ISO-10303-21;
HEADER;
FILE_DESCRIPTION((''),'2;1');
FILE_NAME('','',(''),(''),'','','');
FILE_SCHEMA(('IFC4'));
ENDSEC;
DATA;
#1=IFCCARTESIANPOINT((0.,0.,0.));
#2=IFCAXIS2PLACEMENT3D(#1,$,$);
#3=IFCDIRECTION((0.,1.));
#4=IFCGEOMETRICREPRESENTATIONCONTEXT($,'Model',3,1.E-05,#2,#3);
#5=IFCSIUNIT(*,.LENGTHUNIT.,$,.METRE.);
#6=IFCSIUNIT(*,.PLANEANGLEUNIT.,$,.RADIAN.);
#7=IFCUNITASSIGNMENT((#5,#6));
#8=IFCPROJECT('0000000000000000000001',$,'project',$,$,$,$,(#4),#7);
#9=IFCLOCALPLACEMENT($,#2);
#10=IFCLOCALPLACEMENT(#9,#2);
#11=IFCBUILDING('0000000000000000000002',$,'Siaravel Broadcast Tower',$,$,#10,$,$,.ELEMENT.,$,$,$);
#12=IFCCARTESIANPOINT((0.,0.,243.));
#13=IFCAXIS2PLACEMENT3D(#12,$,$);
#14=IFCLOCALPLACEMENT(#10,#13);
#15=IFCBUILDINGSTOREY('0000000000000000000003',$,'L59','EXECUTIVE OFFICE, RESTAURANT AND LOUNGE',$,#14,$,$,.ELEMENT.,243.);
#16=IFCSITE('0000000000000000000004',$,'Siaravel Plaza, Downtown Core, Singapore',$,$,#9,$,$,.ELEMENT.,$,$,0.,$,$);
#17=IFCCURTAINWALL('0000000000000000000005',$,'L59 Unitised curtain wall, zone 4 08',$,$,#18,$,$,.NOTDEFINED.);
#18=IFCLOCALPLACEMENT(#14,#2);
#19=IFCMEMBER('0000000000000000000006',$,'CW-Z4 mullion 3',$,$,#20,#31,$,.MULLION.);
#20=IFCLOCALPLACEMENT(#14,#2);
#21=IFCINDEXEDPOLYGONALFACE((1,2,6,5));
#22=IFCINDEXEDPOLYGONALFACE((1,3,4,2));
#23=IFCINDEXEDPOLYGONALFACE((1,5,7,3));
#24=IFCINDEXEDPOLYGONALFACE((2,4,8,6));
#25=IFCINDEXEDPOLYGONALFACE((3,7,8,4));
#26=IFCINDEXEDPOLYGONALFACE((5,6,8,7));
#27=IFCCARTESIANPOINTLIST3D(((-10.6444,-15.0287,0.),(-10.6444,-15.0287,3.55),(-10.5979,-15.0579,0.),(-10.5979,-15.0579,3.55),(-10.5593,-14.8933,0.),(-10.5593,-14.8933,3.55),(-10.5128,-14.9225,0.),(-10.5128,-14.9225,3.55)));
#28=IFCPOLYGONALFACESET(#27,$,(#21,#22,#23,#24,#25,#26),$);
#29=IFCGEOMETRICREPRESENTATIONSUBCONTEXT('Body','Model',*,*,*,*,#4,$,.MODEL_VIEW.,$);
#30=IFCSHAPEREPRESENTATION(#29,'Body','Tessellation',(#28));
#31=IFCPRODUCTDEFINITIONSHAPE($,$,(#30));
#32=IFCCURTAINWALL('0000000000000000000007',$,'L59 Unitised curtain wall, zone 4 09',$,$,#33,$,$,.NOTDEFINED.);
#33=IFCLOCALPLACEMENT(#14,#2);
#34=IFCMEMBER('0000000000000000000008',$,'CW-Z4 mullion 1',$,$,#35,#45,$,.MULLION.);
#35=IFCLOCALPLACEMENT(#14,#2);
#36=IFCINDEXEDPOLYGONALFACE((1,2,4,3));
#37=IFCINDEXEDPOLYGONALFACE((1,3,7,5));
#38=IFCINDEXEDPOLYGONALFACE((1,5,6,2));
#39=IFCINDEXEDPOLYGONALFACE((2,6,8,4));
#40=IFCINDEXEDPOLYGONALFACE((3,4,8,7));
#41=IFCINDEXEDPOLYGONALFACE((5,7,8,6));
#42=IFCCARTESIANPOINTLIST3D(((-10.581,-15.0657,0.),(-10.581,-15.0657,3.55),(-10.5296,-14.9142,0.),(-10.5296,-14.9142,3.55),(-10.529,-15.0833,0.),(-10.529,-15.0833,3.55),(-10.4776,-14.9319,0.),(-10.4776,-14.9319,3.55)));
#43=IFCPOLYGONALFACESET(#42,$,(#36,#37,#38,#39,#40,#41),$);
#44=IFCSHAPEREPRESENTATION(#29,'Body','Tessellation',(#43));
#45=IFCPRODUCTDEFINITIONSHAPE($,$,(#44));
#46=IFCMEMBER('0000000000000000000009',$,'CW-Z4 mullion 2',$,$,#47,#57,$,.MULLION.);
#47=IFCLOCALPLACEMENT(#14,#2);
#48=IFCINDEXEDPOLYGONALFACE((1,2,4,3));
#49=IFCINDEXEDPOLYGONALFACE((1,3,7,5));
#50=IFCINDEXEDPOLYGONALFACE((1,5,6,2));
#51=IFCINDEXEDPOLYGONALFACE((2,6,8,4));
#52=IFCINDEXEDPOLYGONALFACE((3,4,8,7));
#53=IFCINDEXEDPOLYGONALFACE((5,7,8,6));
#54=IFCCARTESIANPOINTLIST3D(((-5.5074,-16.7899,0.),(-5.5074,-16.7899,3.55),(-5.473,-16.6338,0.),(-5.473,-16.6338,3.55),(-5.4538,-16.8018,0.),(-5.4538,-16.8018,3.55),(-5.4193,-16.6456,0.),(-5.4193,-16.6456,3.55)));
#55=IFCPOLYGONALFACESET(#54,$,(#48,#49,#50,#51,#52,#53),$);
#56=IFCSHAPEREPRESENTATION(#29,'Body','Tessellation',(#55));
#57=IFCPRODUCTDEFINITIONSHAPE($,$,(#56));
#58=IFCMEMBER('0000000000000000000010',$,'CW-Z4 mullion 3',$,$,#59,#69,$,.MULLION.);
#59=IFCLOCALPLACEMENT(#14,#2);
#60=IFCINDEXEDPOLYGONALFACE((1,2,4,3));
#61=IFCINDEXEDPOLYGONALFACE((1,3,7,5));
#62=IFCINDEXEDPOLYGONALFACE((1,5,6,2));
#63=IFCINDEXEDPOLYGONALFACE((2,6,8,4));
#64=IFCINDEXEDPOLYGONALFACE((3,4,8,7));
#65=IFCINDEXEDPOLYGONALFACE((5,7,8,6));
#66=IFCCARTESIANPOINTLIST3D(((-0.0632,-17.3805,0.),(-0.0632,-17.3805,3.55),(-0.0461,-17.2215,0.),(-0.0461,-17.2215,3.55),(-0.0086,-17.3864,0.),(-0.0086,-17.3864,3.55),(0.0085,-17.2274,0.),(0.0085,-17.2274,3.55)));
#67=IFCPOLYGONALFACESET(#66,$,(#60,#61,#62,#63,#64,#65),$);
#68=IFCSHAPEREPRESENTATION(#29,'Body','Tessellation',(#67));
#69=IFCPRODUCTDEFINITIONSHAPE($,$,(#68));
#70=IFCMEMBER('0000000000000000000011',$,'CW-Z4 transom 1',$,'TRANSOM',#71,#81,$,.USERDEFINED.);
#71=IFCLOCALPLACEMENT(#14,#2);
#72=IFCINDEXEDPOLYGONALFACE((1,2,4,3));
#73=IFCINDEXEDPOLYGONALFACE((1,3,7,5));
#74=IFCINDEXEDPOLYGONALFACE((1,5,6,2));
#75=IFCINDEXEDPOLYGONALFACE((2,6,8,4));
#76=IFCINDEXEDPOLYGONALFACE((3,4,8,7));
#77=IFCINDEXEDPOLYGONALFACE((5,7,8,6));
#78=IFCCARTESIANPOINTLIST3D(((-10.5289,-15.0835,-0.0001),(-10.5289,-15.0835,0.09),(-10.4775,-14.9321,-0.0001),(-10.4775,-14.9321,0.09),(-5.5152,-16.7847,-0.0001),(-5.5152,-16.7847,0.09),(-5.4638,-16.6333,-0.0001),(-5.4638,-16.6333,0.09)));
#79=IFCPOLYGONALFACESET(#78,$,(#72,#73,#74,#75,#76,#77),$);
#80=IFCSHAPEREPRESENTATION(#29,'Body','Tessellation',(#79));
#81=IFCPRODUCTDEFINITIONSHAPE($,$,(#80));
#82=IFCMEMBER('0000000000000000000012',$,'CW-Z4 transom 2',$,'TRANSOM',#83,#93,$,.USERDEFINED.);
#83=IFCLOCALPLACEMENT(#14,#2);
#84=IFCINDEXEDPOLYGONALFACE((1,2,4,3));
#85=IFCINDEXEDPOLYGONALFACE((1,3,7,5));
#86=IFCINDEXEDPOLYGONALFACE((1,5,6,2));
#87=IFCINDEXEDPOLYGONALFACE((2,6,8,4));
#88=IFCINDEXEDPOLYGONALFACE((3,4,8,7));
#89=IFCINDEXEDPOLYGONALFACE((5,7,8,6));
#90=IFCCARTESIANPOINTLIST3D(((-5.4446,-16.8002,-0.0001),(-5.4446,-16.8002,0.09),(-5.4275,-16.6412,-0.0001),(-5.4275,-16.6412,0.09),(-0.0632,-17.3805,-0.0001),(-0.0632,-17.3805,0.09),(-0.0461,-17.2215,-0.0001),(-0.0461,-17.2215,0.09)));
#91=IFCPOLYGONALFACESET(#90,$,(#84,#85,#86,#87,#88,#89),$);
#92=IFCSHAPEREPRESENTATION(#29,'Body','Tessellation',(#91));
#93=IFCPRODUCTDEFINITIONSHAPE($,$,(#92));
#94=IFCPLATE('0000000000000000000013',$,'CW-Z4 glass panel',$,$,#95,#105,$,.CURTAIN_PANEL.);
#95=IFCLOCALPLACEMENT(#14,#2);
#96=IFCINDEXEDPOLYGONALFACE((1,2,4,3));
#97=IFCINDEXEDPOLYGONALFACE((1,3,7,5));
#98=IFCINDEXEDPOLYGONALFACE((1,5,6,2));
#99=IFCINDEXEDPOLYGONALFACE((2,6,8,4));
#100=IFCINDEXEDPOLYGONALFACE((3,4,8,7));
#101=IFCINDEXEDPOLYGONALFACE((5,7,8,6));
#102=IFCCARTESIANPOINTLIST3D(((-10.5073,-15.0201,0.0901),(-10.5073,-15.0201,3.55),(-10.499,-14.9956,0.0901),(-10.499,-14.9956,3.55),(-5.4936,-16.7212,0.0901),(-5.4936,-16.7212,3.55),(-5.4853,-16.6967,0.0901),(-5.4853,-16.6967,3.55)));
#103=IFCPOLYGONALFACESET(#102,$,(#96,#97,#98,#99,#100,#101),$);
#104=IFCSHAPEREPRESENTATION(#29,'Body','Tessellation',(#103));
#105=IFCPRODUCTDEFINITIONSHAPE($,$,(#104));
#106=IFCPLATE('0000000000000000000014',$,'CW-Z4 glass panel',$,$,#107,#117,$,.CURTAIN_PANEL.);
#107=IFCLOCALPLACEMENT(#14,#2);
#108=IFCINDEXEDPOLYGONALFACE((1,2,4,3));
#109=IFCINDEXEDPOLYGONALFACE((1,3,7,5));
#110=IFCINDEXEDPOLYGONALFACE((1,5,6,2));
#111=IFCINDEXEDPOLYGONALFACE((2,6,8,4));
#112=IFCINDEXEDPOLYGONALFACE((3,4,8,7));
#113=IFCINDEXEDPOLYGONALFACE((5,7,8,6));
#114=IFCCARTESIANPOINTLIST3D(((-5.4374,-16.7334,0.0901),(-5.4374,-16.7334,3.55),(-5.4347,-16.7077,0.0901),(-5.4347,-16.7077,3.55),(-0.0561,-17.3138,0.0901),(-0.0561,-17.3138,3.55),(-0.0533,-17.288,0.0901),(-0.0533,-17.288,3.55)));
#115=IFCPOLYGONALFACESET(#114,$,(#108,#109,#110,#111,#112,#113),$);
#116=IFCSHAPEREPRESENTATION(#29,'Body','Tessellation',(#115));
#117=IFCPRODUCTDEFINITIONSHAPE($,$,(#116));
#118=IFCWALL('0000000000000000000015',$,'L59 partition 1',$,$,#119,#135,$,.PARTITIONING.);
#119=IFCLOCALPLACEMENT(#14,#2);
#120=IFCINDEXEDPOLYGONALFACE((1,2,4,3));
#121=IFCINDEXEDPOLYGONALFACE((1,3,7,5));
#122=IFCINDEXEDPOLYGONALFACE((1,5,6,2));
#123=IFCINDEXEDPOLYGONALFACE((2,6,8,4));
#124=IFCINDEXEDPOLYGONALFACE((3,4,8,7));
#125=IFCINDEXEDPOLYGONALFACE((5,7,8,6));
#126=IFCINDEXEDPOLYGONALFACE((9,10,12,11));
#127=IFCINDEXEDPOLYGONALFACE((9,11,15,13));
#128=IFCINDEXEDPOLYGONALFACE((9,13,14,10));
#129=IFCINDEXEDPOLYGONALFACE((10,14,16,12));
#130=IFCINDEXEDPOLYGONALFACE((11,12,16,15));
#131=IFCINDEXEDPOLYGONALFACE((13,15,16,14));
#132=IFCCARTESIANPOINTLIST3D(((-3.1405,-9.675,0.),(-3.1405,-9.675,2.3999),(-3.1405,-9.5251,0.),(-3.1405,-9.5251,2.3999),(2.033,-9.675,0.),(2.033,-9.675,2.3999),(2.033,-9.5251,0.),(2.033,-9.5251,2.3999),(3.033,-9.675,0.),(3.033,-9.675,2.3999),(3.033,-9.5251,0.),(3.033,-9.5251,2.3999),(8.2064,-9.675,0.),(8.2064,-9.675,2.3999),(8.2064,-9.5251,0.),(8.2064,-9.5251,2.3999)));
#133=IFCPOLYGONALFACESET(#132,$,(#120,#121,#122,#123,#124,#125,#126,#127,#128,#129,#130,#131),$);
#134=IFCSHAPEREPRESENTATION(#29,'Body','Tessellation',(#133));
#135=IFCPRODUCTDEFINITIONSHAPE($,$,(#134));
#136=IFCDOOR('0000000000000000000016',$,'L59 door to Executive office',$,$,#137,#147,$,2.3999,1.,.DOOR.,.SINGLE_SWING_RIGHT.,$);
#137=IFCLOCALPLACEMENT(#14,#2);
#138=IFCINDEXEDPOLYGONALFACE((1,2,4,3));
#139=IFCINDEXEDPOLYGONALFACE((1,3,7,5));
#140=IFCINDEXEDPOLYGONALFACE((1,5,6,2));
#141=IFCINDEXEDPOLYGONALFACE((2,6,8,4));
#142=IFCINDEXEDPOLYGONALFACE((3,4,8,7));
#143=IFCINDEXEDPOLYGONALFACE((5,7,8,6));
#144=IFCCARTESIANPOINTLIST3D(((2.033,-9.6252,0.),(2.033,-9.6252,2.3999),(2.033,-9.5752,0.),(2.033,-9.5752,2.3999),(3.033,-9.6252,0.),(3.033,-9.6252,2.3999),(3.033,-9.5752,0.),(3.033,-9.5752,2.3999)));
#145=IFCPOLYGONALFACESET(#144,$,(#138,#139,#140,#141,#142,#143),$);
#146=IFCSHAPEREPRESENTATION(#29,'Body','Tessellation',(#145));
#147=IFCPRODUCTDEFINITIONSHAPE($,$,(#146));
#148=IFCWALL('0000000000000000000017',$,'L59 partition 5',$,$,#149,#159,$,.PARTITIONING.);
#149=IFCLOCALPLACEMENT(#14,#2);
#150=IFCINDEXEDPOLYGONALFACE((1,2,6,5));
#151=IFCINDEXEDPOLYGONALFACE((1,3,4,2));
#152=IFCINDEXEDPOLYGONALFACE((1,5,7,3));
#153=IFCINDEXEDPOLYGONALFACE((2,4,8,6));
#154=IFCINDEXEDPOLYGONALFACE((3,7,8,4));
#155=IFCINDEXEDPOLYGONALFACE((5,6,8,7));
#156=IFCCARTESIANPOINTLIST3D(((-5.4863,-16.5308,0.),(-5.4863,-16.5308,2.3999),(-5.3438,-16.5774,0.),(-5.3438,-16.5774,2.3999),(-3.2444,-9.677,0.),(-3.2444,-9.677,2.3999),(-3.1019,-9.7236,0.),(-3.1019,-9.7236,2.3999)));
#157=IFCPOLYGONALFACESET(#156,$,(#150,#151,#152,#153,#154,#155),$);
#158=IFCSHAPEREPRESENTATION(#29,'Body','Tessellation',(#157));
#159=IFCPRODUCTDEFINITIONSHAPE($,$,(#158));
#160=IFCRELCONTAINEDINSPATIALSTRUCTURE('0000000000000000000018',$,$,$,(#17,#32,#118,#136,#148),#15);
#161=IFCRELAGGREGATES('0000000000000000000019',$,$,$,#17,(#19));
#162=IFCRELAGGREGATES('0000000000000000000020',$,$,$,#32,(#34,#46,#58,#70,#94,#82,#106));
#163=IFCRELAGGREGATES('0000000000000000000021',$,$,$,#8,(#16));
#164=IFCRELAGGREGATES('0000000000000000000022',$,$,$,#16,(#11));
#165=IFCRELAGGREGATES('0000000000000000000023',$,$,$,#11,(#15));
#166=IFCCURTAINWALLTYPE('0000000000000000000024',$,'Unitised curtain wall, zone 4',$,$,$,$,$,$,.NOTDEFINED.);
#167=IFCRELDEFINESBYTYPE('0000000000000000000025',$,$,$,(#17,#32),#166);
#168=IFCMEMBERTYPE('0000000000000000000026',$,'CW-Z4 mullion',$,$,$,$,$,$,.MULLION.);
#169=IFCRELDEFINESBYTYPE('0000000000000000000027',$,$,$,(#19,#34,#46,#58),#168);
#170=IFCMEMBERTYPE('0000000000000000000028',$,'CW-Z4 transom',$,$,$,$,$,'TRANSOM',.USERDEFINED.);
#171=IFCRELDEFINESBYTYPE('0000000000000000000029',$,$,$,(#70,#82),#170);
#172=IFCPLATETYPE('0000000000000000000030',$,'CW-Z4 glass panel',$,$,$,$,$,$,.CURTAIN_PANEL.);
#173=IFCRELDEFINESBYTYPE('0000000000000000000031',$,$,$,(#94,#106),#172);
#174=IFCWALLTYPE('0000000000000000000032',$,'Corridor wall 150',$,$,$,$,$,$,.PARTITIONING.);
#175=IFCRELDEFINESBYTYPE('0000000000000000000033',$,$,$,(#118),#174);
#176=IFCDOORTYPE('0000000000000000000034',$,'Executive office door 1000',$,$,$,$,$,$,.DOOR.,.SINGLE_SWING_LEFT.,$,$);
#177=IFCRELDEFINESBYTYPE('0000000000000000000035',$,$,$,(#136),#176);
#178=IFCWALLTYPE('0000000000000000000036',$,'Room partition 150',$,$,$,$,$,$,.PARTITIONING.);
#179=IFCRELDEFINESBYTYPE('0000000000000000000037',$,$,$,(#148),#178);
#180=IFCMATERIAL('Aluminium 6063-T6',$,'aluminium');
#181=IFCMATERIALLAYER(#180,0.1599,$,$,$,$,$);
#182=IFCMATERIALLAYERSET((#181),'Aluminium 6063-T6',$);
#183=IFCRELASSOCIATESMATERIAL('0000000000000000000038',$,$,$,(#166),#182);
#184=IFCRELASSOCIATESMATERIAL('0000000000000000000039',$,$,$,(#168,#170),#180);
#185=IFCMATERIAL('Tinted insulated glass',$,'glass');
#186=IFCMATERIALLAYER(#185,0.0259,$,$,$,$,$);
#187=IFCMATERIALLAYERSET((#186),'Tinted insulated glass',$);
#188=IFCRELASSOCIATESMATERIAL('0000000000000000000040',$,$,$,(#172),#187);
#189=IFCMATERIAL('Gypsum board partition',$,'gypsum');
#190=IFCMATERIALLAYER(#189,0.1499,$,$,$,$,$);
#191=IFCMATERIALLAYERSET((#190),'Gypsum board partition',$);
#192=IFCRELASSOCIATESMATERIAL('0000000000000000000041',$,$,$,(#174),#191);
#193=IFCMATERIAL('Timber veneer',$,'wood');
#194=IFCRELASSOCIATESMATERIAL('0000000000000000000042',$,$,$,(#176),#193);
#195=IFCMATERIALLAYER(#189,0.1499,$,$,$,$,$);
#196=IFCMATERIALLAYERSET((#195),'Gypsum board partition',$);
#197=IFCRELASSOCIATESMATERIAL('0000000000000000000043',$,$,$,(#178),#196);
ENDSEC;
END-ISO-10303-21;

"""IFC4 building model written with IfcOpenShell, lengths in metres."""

from ifc_helpers import new_model, si_unit, direction, frame, frame_2d, origin, origin_2d, place, context, subcontext, project, spatial, rectangle, extrude, material, layer, layer_set, material_profile, profile_set, type_object, element, fill, aggregate, save


model = new_model("IFC4")

# Units and contexts
model_context = context("Model", 3, precision=1e-05, world=origin(), true_north=direction((0.0, 1.0)))
body_context = subcontext(model_context, "Body", "Model", "MODEL_VIEW")
ifc_project = project(units=[si_unit("LENGTHUNIT", "METRE"), si_unit("PLANEANGLEUNIT", "RADIAN")], contexts=[model_context])

# Site, building, storey
site_placement = place(None, origin())
site = spatial("IfcSite", under=ifc_project, at=site_placement, Name="Siaravel Plaza, Downtown Core, Singapore", CompositionType="ELEMENT", RefElevation=0.0)
building_placement = place(site_placement, origin())
building = spatial("IfcBuilding", under=site, at=building_placement, Name="Siaravel Broadcast Tower", CompositionType="ELEMENT")
storey_placement = place(building_placement, frame((0.0, 0.0, 243.0)))
storey = spatial("IfcBuildingStorey", under=building, at=storey_placement, Name="L59", Description="EXECUTIVE OFFICE, RESTAURANT AND LOUNGE", CompositionType="ELEMENT", Elevation=243.0)

# Curtain wall, member
ifc_material_1 = material(Name="Aluminium 6063-T6", Category="aluminium")
ifc_layer_1 = layer(ifc_material_1, 0.1599)
ifc_layer_set_1 = layer_set([ifc_layer_1], Name="Aluminium 6063-T6")
curtain_wall_type = type_object("IfcCurtainWallType", Name="Unitised curtain wall, zone 4", PredefinedType="NOTDEFINED", material=ifc_layer_set_1)
curtain_wall_1_placement = place(storey_placement, origin())
curtain_wall_1 = element("IfcCurtainWall", 1, at=curtain_wall_1_placement, inside=storey, type_object=curtain_wall_type, Name="L59 Unitised curtain wall, zone 4 08", PredefinedType="NOTDEFINED")
ifc_material_profile_1 = material_profile(ifc_material_1, rectangle(XDim=0.1599, YDim=0.0549, at=origin_2d()))
ifc_profile_set_1 = profile_set([ifc_material_profile_1], Name="Aluminium 6063-T6")
member_type_1 = type_object("IfcMemberType", Name="CW-Z4 mullion", PredefinedType="MULLION", material=ifc_profile_set_1)
member_1_placement = place(storey_placement, frame((-10.5786, -14.9756, 0.0), z_axis=(0.0, 0.0, 1.0), x_axis=(0.53215, 0.84665, 0.0)))
member_1 = element("IfcMember", 2, at=member_1_placement, type_object=member_type_1, Name="CW-Z4 mullion 3", PredefinedType="MULLION", context=body_context, shape_type="SweptSolid", body=[
    extrude(rectangle(XDim=0.1599, YDim=0.0549, at=origin_2d()), origin(), (0.0, 0.0, 1.0), 3.55),
])
aggregate(curtain_wall_1, [member_1])

# Curtain wall, members, plates
curtain_wall_2_placement = place(storey_placement, origin())
curtain_wall_2 = element("IfcCurtainWall", 3, at=curtain_wall_2_placement, inside=storey, type_object=curtain_wall_type, Name="L59 Unitised curtain wall, zone 4 09", PredefinedType="NOTDEFINED")
member_2_placement = place(storey_placement, frame((-10.5293, -14.9988, 0.0), z_axis=(0.0, 0.0, 1.0), x_axis=(0.321301, 0.946977, 0.0)))
member_2 = element("IfcMember", 4, at=member_2_placement, type_object=member_type_1, Name="CW-Z4 mullion 1", PredefinedType="MULLION", context=body_context, shape_type="SweptSolid", body=[
    extrude(rectangle(XDim=0.1599, YDim=0.0549, at=origin_2d()), origin(), (0.0, 0.0, 1.0), 3.55),
])
member_3_placement = place(storey_placement, frame((-5.4634, -16.7178, 0.0), z_axis=(0.0, 0.0, 1.0), x_axis=(0.215559, 0.976491, 0.0)))
member_3 = element("IfcMember", 5, at=member_3_placement, type_object=member_type_1, Name="CW-Z4 mullion 2", PredefinedType="MULLION", context=body_context, shape_type="SweptSolid", body=[
    extrude(rectangle(XDim=0.1599, YDim=0.0549, at=origin_2d()), origin(), (0.0, 0.0, 1.0), 3.55),
])
member_4_placement = place(storey_placement, frame((-0.0273, -17.304, 0.0), z_axis=(0.0, 0.0, 1.0), x_axis=(0.107218, 0.994236, 0.0)))
member_4 = element("IfcMember", 6, at=member_4_placement, type_object=member_type_1, Name="CW-Z4 mullion 3", PredefinedType="MULLION", context=body_context, shape_type="SweptSolid", body=[
    extrude(rectangle(XDim=0.1599, YDim=0.0549, at=origin_2d()), origin(), (0.0, 0.0, 1.0), 3.55),
])
ifc_material_profile_2 = material_profile(ifc_material_1, rectangle(XDim=0.1599, YDim=0.0901, at=origin_2d()))
ifc_profile_set_2 = profile_set([ifc_material_profile_2], Name="Aluminium 6063-T6")
member_type_2 = type_object("IfcMemberType", Name="CW-Z4 transom", ElementType="TRANSOM", PredefinedType="USERDEFINED", material=ifc_profile_set_2)
member_5_placement = place(storey_placement, frame((-10.5032, -15.0078, 0.0449), z_axis=(0.946973, -0.321314, 0.0), x_axis=(0.321314, 0.946973, 0.0)))
member_5 = element("IfcMember", 7, at=member_5_placement, type_object=member_type_2, Name="CW-Z4 transom 1", ObjectType="TRANSOM", PredefinedType="USERDEFINED", context=body_context, shape_type="SweptSolid", body=[
    extrude(rectangle(XDim=0.1599, YDim=0.0901, at=origin_2d()), origin(), (0.0, 0.0, 1.0), 5.2944),
])
member_6_placement = place(storey_placement, frame((-5.436, -16.7207, 0.0449), z_axis=(0.994236, -0.107218, 0.0), x_axis=(0.107218, 0.994236, 0.0)))
member_6 = element("IfcMember", 8, at=member_6_placement, type_object=member_type_2, Name="CW-Z4 transom 2", ObjectType="TRANSOM", PredefinedType="USERDEFINED", context=body_context, shape_type="SweptSolid", body=[
    extrude(rectangle(XDim=0.1599, YDim=0.0901, at=origin_2d()), origin(), (0.0, 0.0, 1.0), 5.4126),
])
ifc_material_2 = material(Name="Tinted insulated glass", Category="glass")
ifc_layer_2 = layer(ifc_material_2, 0.0259)
ifc_layer_set_2 = layer_set([ifc_layer_2], Name="Tinted insulated glass")
plate_type = type_object("IfcPlateType", Name="CW-Z4 glass panel", PredefinedType="CURTAIN_PANEL", material=ifc_layer_set_2)
plate_1_placement = place(storey_placement, frame((-7.9963, -15.8584, 0.0901), z_axis=(0.0, 0.0, 1.0), x_axis=(0.946977, -0.321301, 0.0)))
plate_1 = element("IfcPlate", 9, at=plate_1_placement, type_object=plate_type, Name="CW-Z4 glass panel", PredefinedType="CURTAIN_PANEL", context=body_context, shape_type="SweptSolid", body=[
    extrude(rectangle(XDim=5.2944, YDim=0.0259, at=origin_2d()), origin(), (0.0, 0.0, 1.0), 3.46),
])
plate_2_placement = place(storey_placement, frame((-2.7454, -17.0107, 0.0901), z_axis=(0.0, 0.0, 1.0), x_axis=(0.994236, -0.107218, 0.0)))
plate_2 = element("IfcPlate", 10, at=plate_2_placement, type_object=plate_type, Name="CW-Z4 glass panel", PredefinedType="CURTAIN_PANEL", context=body_context, shape_type="SweptSolid", body=[
    extrude(rectangle(XDim=5.4126, YDim=0.0259, at=origin_2d()), origin(), (0.0, 0.0, 1.0), 3.46),
])
aggregate(curtain_wall_2, [member_2, member_3, member_4, member_5, plate_1, member_6, plate_2])

# Wall, opening, door
ifc_material_3 = material(Name="Gypsum board partition", Category="gypsum")
ifc_layer_3 = layer(ifc_material_3, 0.1499)
ifc_layer_set_3 = layer_set([ifc_layer_3], Name="Gypsum board partition")
wall_type_1 = type_object("IfcWallType", Name="Corridor wall 150", PredefinedType="PARTITIONING", material=ifc_layer_set_3)
wall_1_placement = place(storey_placement, frame((-3.1404, -9.6001, 0.0), z_axis=(0.0, 0.0, 1.0), x_axis=(1.0, 0.0, 0.0)))
wall_1 = element("IfcWall", 11, at=wall_1_placement, inside=storey, type_object=wall_type_1, Name="L59 partition 1", PredefinedType="PARTITIONING", context=body_context, shape_type="SweptSolid", body=[
    extrude(rectangle(XDim=11.3469, YDim=0.1499, at=frame_2d((5.6733, 0.0))), origin(), (0.0, 0.0, 1.0), 2.3999),
])
opening_placement = place(wall_1_placement, frame((5.1733, 0.0, 0.0)))
opening = element("IfcOpeningElement", 12, at=opening_placement, cuts=wall_1, PredefinedType="OPENING", context=body_context, shape_type="SweptSolid", body=[
    extrude(rectangle(XDim=1.0, YDim=2.3999, at=frame_2d((0.5, 1.2))), frame((0.0, 0.085, 0.0), z_axis=(0.0, -1.0, 0.0), x_axis=(1.0, 0.0, 0.0)), (0.0, 0.0, 1.0), 0.1699),
])
ifc_material_4 = material(Name="Timber veneer", Category="wood")
door_type = type_object("IfcDoorType", Name="Executive office door 1000", OperationType="SINGLE_SWING_LEFT", PredefinedType="DOOR", material=ifc_material_4)
door_placement = place(opening_placement, origin())
door = element("IfcDoor", 13, at=door_placement, inside=storey, type_object=door_type, Name="L59 door to Executive office", OperationType="SINGLE_SWING_RIGHT", OverallHeight=2.3999, OverallWidth=1.0, PredefinedType="DOOR", context=body_context, shape_type="SweptSolid", body=[
    extrude(rectangle(XDim=1.0, YDim=2.3999, at=frame_2d((0.5, 1.2))), frame((0.0, 0.0249, 0.0), z_axis=(0.0, -1.0, 0.0), x_axis=(1.0, 0.0, 0.0)), (0.0, 0.0, 1.0), 0.05),
])
fill(opening, door)

# Wall
ifc_layer_4 = layer(ifc_material_3, 0.1499)
ifc_layer_set_4 = layer_set([ifc_layer_4], Name="Gypsum board partition")
wall_type_2 = type_object("IfcWallType", Name="Room partition 150", PredefinedType="PARTITIONING", material=ifc_layer_set_4)
wall_2_placement = place(storey_placement, frame((-5.415, -16.554, 0.0), z_axis=(0.0, 0.0, 1.0), x_axis=(0.310901, 0.950442, 0.0)))
element("IfcWall", 14, at=wall_2_placement, inside=storey, type_object=wall_type_2, Name="L59 partition 5", PredefinedType="PARTITIONING", context=body_context, shape_type="SweptSolid", body=[
    extrude(rectangle(XDim=7.2112, YDim=0.1499, at=frame_2d((3.6055, 0.0))), origin(), (0.0, 0.0, 1.0), 2.3999),
])

save(model, "model.ifc")
